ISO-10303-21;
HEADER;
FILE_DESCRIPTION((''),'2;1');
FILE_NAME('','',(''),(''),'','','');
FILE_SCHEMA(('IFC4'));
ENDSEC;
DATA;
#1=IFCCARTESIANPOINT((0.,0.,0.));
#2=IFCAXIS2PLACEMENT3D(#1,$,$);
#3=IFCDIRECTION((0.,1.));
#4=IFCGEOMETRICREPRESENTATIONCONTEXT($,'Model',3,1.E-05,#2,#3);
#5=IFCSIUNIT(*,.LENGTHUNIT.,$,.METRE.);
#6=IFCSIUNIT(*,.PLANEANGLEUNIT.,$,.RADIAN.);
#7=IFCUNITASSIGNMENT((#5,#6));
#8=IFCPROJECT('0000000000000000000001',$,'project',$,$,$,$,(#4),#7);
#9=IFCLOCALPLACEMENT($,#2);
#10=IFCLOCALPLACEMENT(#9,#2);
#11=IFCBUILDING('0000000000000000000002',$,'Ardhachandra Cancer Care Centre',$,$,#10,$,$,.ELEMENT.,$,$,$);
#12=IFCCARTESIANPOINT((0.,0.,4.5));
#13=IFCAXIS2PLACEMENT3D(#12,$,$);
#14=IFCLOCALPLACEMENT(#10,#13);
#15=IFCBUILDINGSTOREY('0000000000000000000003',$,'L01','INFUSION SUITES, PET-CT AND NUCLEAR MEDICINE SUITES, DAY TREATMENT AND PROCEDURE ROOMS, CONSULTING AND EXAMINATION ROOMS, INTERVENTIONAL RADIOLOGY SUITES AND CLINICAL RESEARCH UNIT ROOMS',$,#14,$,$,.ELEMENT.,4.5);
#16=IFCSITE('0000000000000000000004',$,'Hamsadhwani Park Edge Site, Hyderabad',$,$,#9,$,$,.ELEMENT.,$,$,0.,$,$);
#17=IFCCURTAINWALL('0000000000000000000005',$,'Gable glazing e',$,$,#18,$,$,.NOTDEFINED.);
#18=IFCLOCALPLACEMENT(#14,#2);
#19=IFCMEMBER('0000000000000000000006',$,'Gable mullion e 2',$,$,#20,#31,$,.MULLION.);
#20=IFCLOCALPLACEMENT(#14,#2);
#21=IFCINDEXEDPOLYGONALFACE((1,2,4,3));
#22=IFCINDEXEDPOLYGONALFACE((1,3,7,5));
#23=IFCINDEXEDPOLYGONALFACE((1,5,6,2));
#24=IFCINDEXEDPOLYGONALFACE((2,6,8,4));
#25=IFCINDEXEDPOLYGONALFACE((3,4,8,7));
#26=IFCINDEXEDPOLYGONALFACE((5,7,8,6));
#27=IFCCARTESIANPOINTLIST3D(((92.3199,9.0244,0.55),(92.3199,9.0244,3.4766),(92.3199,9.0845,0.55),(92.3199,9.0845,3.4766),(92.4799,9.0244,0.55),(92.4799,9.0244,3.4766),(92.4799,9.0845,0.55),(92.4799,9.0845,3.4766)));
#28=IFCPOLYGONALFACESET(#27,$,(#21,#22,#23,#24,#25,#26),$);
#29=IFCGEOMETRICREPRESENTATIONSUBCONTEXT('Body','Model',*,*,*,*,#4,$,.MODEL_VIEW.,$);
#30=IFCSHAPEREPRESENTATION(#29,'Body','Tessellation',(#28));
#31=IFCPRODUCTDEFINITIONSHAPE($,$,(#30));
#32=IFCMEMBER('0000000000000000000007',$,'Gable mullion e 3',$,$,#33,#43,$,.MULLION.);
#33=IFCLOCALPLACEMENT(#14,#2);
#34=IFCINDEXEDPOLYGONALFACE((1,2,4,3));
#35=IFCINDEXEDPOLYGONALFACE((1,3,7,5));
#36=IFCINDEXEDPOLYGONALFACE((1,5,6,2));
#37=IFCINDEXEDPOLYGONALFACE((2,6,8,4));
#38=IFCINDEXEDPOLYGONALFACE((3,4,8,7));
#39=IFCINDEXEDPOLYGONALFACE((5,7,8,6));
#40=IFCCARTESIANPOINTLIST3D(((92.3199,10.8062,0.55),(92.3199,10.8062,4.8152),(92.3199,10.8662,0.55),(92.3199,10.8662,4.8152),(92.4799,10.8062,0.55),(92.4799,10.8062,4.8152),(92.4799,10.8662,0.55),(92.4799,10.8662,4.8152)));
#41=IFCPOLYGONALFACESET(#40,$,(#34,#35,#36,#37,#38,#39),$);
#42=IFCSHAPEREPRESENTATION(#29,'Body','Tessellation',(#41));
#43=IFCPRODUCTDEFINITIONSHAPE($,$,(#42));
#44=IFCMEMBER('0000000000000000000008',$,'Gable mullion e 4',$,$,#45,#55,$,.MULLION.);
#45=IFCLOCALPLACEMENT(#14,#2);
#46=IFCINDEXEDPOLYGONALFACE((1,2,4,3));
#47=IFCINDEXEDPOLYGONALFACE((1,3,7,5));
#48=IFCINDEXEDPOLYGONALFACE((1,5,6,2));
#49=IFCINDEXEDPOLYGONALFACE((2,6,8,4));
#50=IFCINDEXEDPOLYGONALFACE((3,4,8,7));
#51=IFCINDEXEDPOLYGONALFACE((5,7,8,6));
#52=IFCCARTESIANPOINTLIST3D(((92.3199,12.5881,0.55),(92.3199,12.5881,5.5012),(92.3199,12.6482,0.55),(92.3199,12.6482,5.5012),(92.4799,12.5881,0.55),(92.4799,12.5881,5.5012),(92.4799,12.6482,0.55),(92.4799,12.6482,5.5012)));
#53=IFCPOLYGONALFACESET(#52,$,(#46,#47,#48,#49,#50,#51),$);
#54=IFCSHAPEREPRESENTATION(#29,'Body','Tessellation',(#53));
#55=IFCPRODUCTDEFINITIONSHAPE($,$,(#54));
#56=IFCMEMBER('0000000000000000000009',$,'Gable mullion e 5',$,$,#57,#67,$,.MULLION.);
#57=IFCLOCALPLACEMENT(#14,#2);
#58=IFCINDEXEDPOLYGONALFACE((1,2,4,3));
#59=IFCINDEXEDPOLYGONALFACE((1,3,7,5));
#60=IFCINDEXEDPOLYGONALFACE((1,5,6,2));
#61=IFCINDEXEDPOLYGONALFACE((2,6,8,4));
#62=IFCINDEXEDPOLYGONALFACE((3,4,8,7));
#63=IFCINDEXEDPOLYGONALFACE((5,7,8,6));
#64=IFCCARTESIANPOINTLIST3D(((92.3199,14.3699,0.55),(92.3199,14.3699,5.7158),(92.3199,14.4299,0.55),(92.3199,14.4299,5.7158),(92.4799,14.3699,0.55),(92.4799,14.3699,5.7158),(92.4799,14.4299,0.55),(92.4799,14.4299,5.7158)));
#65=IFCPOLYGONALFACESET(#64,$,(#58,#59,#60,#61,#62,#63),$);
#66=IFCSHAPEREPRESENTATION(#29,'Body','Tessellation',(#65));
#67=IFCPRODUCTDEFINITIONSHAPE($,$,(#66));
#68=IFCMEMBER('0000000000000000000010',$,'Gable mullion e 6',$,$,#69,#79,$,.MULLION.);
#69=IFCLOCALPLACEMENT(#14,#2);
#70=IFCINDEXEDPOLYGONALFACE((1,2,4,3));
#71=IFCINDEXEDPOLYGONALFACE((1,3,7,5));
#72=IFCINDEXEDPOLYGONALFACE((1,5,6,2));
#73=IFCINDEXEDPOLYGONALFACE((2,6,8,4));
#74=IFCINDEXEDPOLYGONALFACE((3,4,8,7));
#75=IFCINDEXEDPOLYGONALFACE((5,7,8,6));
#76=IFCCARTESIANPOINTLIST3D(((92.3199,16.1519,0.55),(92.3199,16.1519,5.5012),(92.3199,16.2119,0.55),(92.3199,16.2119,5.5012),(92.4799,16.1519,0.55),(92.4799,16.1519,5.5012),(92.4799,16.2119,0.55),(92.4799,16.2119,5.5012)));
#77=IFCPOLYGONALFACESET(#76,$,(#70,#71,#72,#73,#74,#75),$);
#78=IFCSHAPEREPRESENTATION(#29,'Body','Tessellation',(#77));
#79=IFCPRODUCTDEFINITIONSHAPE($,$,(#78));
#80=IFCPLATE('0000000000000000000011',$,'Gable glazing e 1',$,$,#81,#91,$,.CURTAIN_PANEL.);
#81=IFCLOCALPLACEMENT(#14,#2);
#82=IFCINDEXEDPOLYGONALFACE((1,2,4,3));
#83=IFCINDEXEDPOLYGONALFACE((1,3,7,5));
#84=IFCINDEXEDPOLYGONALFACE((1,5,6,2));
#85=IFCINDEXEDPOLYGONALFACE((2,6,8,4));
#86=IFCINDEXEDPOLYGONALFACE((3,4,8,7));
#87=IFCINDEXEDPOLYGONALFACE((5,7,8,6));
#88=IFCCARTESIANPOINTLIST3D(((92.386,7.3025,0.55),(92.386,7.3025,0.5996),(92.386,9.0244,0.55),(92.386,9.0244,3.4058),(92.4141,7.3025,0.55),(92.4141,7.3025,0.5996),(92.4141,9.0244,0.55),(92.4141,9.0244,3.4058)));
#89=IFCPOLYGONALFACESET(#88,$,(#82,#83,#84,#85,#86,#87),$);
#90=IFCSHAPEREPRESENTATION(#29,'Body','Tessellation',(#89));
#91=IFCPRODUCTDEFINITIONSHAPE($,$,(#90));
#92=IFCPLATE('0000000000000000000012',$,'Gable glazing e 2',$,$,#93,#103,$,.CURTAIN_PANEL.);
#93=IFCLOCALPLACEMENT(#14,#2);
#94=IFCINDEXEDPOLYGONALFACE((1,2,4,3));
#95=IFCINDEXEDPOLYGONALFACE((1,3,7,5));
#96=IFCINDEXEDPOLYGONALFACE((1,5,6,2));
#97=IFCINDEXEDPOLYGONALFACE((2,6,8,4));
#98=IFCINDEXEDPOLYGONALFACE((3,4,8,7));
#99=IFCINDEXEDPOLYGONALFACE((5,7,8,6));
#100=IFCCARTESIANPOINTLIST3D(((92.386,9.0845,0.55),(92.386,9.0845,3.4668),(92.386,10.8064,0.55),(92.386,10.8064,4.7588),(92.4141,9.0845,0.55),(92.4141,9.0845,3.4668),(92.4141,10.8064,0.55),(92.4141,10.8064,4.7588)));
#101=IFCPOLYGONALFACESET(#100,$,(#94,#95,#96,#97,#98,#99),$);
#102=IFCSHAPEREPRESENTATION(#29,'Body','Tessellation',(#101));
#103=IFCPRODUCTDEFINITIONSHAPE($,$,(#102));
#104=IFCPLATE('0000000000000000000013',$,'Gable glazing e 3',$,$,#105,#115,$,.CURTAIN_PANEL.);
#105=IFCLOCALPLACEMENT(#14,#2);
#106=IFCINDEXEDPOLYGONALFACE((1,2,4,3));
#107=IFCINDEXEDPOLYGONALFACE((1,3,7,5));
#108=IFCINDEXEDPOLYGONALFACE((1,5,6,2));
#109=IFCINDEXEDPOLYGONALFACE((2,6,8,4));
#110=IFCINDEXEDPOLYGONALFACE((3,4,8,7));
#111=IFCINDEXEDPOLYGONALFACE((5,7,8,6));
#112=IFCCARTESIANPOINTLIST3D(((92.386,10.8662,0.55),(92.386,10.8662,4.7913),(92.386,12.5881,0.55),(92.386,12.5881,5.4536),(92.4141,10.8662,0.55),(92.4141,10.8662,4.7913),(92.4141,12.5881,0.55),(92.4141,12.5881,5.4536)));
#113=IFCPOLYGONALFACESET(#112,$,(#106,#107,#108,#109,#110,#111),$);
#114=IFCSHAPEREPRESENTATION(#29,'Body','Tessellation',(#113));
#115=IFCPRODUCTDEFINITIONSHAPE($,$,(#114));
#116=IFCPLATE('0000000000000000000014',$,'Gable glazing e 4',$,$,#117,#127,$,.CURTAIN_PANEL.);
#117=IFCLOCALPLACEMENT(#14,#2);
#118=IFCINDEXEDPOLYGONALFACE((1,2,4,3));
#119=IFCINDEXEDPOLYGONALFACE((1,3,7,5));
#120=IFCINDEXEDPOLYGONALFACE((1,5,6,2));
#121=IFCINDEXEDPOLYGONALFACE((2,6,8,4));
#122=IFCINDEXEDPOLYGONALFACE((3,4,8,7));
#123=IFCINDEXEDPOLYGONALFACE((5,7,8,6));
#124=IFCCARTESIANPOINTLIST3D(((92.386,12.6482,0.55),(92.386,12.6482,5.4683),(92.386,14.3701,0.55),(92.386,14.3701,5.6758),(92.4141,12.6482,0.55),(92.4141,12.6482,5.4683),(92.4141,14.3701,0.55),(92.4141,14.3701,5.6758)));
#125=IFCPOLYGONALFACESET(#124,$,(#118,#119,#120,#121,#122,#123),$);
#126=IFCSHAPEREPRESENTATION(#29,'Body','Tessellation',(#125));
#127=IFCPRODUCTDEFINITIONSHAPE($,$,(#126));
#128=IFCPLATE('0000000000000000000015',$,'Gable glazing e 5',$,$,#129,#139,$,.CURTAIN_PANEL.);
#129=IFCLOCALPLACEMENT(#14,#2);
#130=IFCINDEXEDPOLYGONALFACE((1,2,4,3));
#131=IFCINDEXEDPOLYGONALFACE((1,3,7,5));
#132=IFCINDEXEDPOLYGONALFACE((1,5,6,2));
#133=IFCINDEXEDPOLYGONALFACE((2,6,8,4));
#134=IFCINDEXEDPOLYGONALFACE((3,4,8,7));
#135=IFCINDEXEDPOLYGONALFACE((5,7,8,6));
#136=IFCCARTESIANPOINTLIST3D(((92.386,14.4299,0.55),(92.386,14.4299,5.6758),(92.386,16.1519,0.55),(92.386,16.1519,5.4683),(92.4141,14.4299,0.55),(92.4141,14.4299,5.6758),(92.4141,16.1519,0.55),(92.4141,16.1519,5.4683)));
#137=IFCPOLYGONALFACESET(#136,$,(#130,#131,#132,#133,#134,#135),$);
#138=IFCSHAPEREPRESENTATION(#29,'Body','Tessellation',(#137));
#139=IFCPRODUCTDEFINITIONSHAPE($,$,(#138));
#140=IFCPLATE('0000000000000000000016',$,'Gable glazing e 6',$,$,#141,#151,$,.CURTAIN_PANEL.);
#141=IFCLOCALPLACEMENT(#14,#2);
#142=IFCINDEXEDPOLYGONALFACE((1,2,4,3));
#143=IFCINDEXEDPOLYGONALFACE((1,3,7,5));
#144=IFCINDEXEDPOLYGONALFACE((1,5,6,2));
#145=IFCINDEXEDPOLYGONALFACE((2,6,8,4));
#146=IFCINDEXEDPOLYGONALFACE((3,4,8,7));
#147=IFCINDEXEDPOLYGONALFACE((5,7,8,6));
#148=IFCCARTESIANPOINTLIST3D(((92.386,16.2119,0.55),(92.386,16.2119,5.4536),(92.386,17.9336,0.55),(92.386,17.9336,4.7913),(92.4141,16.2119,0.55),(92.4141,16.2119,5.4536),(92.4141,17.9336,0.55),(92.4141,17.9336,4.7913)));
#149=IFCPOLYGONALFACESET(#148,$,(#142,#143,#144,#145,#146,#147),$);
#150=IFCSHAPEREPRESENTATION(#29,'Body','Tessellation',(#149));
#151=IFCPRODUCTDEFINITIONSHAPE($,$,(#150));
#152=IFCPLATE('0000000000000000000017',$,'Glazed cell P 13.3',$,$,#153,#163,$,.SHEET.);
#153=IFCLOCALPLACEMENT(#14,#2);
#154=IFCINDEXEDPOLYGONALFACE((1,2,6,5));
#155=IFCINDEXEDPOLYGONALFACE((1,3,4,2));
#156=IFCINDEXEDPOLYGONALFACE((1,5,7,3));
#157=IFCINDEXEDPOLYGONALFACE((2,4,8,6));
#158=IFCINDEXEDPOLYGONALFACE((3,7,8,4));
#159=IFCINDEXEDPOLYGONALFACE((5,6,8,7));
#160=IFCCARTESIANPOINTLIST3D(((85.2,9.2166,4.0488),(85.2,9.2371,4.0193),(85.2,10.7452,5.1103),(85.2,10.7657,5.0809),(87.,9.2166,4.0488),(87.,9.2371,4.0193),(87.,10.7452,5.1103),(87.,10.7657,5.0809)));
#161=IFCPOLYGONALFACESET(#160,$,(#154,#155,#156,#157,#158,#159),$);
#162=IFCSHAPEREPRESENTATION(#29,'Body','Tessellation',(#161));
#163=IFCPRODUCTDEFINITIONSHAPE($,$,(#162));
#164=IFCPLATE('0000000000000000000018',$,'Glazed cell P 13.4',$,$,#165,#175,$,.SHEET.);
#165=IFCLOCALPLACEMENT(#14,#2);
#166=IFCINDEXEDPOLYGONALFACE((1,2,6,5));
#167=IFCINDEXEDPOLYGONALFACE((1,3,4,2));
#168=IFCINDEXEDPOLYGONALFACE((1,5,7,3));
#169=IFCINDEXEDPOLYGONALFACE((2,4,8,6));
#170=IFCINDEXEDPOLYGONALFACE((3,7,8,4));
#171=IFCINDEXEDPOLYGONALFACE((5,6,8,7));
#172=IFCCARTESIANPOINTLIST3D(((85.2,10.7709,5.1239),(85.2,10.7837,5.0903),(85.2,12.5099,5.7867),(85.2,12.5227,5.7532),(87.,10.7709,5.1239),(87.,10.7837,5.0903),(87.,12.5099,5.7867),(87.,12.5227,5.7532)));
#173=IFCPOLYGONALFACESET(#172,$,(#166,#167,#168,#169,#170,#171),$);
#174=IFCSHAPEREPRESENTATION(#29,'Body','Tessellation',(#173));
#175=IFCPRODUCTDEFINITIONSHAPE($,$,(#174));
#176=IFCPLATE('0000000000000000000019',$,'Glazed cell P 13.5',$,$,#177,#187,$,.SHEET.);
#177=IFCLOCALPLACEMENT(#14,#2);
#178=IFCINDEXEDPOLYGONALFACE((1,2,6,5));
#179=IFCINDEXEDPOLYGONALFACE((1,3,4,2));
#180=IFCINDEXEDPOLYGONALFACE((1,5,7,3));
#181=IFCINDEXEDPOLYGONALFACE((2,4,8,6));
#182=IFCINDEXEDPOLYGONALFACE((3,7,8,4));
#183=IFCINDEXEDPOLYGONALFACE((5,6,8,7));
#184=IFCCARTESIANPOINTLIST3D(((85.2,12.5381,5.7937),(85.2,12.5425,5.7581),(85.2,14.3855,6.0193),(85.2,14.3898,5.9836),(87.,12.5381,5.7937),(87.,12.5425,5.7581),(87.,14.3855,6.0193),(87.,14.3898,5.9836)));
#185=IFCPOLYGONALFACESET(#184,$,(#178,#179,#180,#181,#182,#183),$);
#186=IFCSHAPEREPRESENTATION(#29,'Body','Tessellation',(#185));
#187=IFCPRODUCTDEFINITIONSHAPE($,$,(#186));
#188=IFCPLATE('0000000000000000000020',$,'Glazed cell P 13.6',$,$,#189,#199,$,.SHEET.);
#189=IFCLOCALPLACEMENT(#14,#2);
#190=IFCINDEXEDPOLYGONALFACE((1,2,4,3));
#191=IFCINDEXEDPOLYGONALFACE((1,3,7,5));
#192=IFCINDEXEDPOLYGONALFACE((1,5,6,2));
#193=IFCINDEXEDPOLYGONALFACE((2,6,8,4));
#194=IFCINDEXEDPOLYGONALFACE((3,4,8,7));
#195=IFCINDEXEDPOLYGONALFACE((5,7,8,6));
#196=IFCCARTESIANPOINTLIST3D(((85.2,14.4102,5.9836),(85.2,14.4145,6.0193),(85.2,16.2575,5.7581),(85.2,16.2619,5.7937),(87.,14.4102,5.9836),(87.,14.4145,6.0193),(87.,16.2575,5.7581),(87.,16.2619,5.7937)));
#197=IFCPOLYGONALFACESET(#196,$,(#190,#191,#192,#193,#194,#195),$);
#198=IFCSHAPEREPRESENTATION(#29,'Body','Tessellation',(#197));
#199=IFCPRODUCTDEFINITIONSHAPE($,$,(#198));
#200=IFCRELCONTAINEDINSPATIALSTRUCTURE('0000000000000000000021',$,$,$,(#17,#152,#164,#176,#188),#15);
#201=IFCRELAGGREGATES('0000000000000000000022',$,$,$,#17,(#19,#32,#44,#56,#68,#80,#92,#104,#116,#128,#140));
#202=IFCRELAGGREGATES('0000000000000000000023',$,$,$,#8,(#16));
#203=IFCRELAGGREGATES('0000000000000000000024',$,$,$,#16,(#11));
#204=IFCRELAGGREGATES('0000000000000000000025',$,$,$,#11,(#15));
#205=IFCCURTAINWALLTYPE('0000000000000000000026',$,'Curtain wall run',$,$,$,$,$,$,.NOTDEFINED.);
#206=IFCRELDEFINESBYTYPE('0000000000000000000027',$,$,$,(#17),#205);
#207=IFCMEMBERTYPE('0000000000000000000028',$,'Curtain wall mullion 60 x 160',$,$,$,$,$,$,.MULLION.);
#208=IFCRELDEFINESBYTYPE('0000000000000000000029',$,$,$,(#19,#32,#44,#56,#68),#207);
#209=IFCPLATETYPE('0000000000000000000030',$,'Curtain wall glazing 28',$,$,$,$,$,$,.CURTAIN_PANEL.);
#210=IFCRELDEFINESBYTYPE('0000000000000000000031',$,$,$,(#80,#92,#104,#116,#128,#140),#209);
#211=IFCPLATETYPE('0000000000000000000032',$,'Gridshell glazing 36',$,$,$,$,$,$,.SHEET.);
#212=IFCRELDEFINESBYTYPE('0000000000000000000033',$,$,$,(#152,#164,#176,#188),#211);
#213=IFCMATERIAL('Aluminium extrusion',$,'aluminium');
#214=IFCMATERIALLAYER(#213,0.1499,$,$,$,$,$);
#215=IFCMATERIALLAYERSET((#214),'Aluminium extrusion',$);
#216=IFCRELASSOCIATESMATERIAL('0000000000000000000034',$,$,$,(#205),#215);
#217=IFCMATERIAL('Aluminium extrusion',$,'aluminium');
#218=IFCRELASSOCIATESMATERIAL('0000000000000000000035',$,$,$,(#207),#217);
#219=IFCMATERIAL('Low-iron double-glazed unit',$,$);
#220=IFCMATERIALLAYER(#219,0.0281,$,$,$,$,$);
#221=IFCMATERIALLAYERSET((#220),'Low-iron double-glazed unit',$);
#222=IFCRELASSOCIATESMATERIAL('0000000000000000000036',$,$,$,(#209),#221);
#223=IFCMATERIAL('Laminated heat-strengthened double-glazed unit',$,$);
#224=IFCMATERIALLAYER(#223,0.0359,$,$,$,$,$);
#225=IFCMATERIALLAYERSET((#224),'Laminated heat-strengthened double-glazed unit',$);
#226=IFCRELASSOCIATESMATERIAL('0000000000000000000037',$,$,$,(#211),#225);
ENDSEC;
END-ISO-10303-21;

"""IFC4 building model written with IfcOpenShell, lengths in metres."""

from ifc_helpers import new_model, si_unit, direction, frame, origin, origin_2d, place, context, subcontext, project, spatial, polyline, rectangle, outline, extrude, material, layer, layer_set, material_profile, profile_set, type_object, element, aggregate, save


model = new_model("IFC4")

# Units and contexts
model_context = context("Model", 3, precision=1e-05, world=origin(), true_north=direction((0.0, 1.0)))
body_context = subcontext(model_context, "Body", "Model", "MODEL_VIEW")
ifc_project = project(units=[si_unit("LENGTHUNIT", "METRE"), si_unit("PLANEANGLEUNIT", "RADIAN")], contexts=[model_context])

# Site, building, storey
site_placement = place(None, origin())
site = spatial("IfcSite", under=ifc_project, at=site_placement, Name="Hamsadhwani Park Edge Site, Hyderabad", CompositionType="ELEMENT", RefElevation=0.0)
building_placement = place(site_placement, origin())
building = spatial("IfcBuilding", under=site, at=building_placement, Name="Ardhachandra Cancer Care Centre", CompositionType="ELEMENT")
storey_placement = place(building_placement, frame((0.0, 0.0, 4.5)))
storey = spatial("IfcBuildingStorey", under=building, at=storey_placement, Name="L01", Description="INFUSION SUITES, PET-CT AND NUCLEAR MEDICINE SUITES, DAY TREATMENT AND PROCEDURE ROOMS, CONSULTING AND EXAMINATION ROOMS, INTERVENTIONAL RADIOLOGY SUITES AND CLINICAL RESEARCH UNIT ROOMS", CompositionType="ELEMENT", Elevation=4.5)

# Curtain wall, members, plates
ifc_material_1 = material(Name="Aluminium extrusion", Category="aluminium")
ifc_layer_1 = layer(ifc_material_1, 0.1499)
ifc_layer_set_1 = layer_set([ifc_layer_1], Name="Aluminium extrusion")
curtain_wall_type = type_object("IfcCurtainWallType", Name="Curtain wall run", PredefinedType="NOTDEFINED", material=ifc_layer_set_1)
curtain_wall_placement = place(storey_placement, origin())
curtain_wall = element("IfcCurtainWall", 1, at=curtain_wall_placement, inside=storey, type_object=curtain_wall_type, Name="Gable glazing e", PredefinedType="NOTDEFINED")
ifc_material_2 = material(Name="Aluminium extrusion", Category="aluminium")
ifc_material_profile = material_profile(ifc_material_2, rectangle(XDim=0.1599, YDim=0.0601, at=origin_2d()), Name="Curtain wall mullion 60 x 160")
ifc_profile_set = profile_set([ifc_material_profile], Name="Aluminium extrusion")
member_type = type_object("IfcMemberType", Name="Curtain wall mullion 60 x 160", PredefinedType="MULLION", material=ifc_profile_set)
member_1_placement = place(storey_placement, frame((92.3999, 9.0544, 0.55), z_axis=(0.0, 0.0, 1.0), x_axis=(-1.0, 0.0, 0.0)))
member_1 = element("IfcMember", 2, at=member_1_placement, type_object=member_type, Name="Gable mullion e 2", PredefinedType="MULLION", context=body_context, shape_type="SweptSolid", body=[
    extrude(rectangle(XDim=0.1599, YDim=0.0601, at=origin_2d()), origin(), (0.0, 0.0, 1.0), 2.9265),
])
member_2_placement = place(storey_placement, frame((92.3999, 10.8362, 0.55), z_axis=(0.0, 0.0, 1.0), x_axis=(-1.0, 0.0, 0.0)))
member_2 = element("IfcMember", 3, at=member_2_placement, type_object=member_type, Name="Gable mullion e 3", PredefinedType="MULLION", context=body_context, shape_type="SweptSolid", body=[
    extrude(rectangle(XDim=0.1599, YDim=0.0601, at=origin_2d()), origin(), (0.0, 0.0, 1.0), 4.2651),
])
member_3_placement = place(storey_placement, frame((92.3999, 12.6182, 0.55), z_axis=(0.0, 0.0, 1.0), x_axis=(-1.0, 0.0, 0.0)))
member_3 = element("IfcMember", 4, at=member_3_placement, type_object=member_type, Name="Gable mullion e 4", PredefinedType="MULLION", context=body_context, shape_type="SweptSolid", body=[
    extrude(rectangle(XDim=0.1599, YDim=0.0601, at=origin_2d()), origin(), (0.0, 0.0, 1.0), 4.9512),
])
member_4_placement = place(storey_placement, frame((92.3999, 14.3999, 0.55), z_axis=(0.0, 0.0, 1.0), x_axis=(-1.0, 0.0, 0.0)))
member_4 = element("IfcMember", 5, at=member_4_placement, type_object=member_type, Name="Gable mullion e 5", PredefinedType="MULLION", context=body_context, shape_type="SweptSolid", body=[
    extrude(rectangle(XDim=0.1599, YDim=0.0601, at=origin_2d()), origin(), (0.0, 0.0, 1.0), 5.1658),
])
member_5_placement = place(storey_placement, frame((92.3999, 16.1819, 0.55), z_axis=(0.0, 0.0, 1.0), x_axis=(-1.0, 0.0, 0.0)))
member_5 = element("IfcMember", 6, at=member_5_placement, type_object=member_type, Name="Gable mullion e 6", PredefinedType="MULLION", context=body_context, shape_type="SweptSolid", body=[
    extrude(rectangle(XDim=0.1599, YDim=0.0601, at=origin_2d()), origin(), (0.0, 0.0, 1.0), 4.9512),
])
ifc_material_3 = material(Name="Low-iron double-glazed unit")
ifc_layer_2 = layer(ifc_material_3, 0.0281)
ifc_layer_set_2 = layer_set([ifc_layer_2], Name="Low-iron double-glazed unit")
plate_type_1 = type_object("IfcPlateType", Name="Curtain wall glazing 28", PredefinedType="CURTAIN_PANEL", material=ifc_layer_set_2)
plate_1_placement = place(storey_placement, frame((92.3999, 7.3025, 0.55), z_axis=(-1.0, 0.0, 0.0), x_axis=(0.0, 1.0, 0.0)))
plate_1 = element("IfcPlate", 7, at=plate_1_placement, type_object=plate_type_1, Name="Gable glazing e 1", PredefinedType="CURTAIN_PANEL", context=body_context, shape_type="SweptSolid", body=[
    extrude(outline(polyline([(0.0, -0.0496), (1.7219, -2.8557), (1.7219, 0.0), (0.0, 0.0), (0.0, -0.0496)])), frame((0.0, 0.0, -0.0142)), (0.0, 0.0, 1.0), 0.0281),
])
plate_2_placement = place(storey_placement, frame((92.3999, 9.0845, 0.55), z_axis=(-1.0, 0.0, 0.0), x_axis=(0.0, 1.0, 0.0)))
plate_2 = element("IfcPlate", 8, at=plate_2_placement, type_object=plate_type_1, Name="Gable glazing e 2", PredefinedType="CURTAIN_PANEL", context=body_context, shape_type="SweptSolid", body=[
    extrude(outline(polyline([(0.0, -2.9167), (1.7219, -4.2087), (1.7219, 0.0), (0.0, 0.0), (0.0, -2.9167)])), frame((0.0, 0.0, -0.0142)), (0.0, 0.0, 1.0), 0.0281),
])
plate_3_placement = place(storey_placement, frame((92.3999, 10.8662, 0.55), z_axis=(-1.0, 0.0, 0.0), x_axis=(0.0, 1.0, 0.0)))
plate_3 = element("IfcPlate", 9, at=plate_3_placement, type_object=plate_type_1, Name="Gable glazing e 3", PredefinedType="CURTAIN_PANEL", context=body_context, shape_type="SweptSolid", body=[
    extrude(outline(polyline([(0.0, -4.2412), (1.7219, -4.9036), (1.7219, 0.0), (0.0, 0.0), (0.0, -4.2412)])), frame((0.0, 0.0, -0.0142)), (0.0, 0.0, 1.0), 0.0281),
])
plate_4_placement = place(storey_placement, frame((92.3999, 12.6482, 0.55), z_axis=(-1.0, 0.0, 0.0), x_axis=(0.0, 1.0, 0.0)))
plate_4 = element("IfcPlate", 10, at=plate_4_placement, type_object=plate_type_1, Name="Gable glazing e 4", PredefinedType="CURTAIN_PANEL", context=body_context, shape_type="SweptSolid", body=[
    extrude(outline(polyline([(0.0, -4.9182), (1.7219, -5.1257), (1.7219, 0.0), (0.0, 0.0), (0.0, -4.9182)])), frame((0.0, 0.0, -0.0142)), (0.0, 0.0, 1.0), 0.0281),
])
plate_5_placement = place(storey_placement, frame((92.3999, 14.4299, 0.55), z_axis=(-1.0, 0.0, 0.0), x_axis=(0.0, 1.0, 0.0)))
plate_5 = element("IfcPlate", 11, at=plate_5_placement, type_object=plate_type_1, Name="Gable glazing e 5", PredefinedType="CURTAIN_PANEL", context=body_context, shape_type="SweptSolid", body=[
    extrude(outline(polyline([(0.0, -5.1257), (1.7219, -4.9182), (1.7219, 0.0), (0.0, 0.0), (0.0, -5.1257)])), frame((0.0, 0.0, -0.0142)), (0.0, 0.0, 1.0), 0.0281),
])
plate_6_placement = place(storey_placement, frame((92.3999, 16.2119, 0.55), z_axis=(-1.0, 0.0, 0.0), x_axis=(0.0, 1.0, 0.0)))
plate_6 = element("IfcPlate", 12, at=plate_6_placement, type_object=plate_type_1, Name="Gable glazing e 6", PredefinedType="CURTAIN_PANEL", context=body_context, shape_type="SweptSolid", body=[
    extrude(outline(polyline([(0.0, -4.9036), (1.7217, -4.2412), (1.7217, 0.0), (0.0, 0.0), (0.0, -4.9036)])), frame((0.0, 0.0, -0.0142)), (0.0, 0.0, 1.0), 0.0281),
])
aggregate(curtain_wall, [member_1, member_2, member_3, member_4, member_5, plate_1, plate_2, plate_3, plate_4, plate_5, plate_6])

# Plates
ifc_material_4 = material(Name="Laminated heat-strengthened double-glazed unit")
ifc_layer_3 = layer(ifc_material_4, 0.0359)
ifc_layer_set_3 = layer_set([ifc_layer_3], Name="Laminated heat-strengthened double-glazed unit")
plate_type_2 = type_object("IfcPlateType", Name="Gridshell glazing 36", PredefinedType="SHEET", material=ifc_layer_set_3)
for number, where, z_axis, x_axis, name in (
    (13, (85.2, 9.2371, 4.0193), (0.0, -0.570403, 0.821365), (1.0, 0.0, 0.0), "Glazed cell P 13.3"),
    (14, (85.2, 10.7837, 5.0903), (0.0, -0.356164, 0.934423), (1.0, 0.0, 0.0), "Glazed cell P 13.4"),
    (15, (85.2, 12.5425, 5.7581), (0.0, -0.121209, 0.992627), (1.0, 0.0, 0.0), "Glazed cell P 13.5"),
    (16, (85.2, 14.4102, 5.9836), (0.0, 0.121209, 0.992627), (1.0, 0.0, 0.0), "Glazed cell P 13.6"),
):
    element("IfcPlate", number, at=place(storey_placement, frame(where, z_axis=z_axis, x_axis=x_axis)), inside=storey, type_object=plate_type_2, Name=name, PredefinedType="SHEET", context=body_context, shape_type="SweptSolid", body=[
        extrude(outline(polyline([(0.0, 0.0), (1.8, 0.0), (1.8, 1.8611), (0.0, 1.8611), (0.0, 0.0)])), origin(), (0.0, 0.0, 1.0), 0.0359),
    ])

save(model, "model.ifc")
